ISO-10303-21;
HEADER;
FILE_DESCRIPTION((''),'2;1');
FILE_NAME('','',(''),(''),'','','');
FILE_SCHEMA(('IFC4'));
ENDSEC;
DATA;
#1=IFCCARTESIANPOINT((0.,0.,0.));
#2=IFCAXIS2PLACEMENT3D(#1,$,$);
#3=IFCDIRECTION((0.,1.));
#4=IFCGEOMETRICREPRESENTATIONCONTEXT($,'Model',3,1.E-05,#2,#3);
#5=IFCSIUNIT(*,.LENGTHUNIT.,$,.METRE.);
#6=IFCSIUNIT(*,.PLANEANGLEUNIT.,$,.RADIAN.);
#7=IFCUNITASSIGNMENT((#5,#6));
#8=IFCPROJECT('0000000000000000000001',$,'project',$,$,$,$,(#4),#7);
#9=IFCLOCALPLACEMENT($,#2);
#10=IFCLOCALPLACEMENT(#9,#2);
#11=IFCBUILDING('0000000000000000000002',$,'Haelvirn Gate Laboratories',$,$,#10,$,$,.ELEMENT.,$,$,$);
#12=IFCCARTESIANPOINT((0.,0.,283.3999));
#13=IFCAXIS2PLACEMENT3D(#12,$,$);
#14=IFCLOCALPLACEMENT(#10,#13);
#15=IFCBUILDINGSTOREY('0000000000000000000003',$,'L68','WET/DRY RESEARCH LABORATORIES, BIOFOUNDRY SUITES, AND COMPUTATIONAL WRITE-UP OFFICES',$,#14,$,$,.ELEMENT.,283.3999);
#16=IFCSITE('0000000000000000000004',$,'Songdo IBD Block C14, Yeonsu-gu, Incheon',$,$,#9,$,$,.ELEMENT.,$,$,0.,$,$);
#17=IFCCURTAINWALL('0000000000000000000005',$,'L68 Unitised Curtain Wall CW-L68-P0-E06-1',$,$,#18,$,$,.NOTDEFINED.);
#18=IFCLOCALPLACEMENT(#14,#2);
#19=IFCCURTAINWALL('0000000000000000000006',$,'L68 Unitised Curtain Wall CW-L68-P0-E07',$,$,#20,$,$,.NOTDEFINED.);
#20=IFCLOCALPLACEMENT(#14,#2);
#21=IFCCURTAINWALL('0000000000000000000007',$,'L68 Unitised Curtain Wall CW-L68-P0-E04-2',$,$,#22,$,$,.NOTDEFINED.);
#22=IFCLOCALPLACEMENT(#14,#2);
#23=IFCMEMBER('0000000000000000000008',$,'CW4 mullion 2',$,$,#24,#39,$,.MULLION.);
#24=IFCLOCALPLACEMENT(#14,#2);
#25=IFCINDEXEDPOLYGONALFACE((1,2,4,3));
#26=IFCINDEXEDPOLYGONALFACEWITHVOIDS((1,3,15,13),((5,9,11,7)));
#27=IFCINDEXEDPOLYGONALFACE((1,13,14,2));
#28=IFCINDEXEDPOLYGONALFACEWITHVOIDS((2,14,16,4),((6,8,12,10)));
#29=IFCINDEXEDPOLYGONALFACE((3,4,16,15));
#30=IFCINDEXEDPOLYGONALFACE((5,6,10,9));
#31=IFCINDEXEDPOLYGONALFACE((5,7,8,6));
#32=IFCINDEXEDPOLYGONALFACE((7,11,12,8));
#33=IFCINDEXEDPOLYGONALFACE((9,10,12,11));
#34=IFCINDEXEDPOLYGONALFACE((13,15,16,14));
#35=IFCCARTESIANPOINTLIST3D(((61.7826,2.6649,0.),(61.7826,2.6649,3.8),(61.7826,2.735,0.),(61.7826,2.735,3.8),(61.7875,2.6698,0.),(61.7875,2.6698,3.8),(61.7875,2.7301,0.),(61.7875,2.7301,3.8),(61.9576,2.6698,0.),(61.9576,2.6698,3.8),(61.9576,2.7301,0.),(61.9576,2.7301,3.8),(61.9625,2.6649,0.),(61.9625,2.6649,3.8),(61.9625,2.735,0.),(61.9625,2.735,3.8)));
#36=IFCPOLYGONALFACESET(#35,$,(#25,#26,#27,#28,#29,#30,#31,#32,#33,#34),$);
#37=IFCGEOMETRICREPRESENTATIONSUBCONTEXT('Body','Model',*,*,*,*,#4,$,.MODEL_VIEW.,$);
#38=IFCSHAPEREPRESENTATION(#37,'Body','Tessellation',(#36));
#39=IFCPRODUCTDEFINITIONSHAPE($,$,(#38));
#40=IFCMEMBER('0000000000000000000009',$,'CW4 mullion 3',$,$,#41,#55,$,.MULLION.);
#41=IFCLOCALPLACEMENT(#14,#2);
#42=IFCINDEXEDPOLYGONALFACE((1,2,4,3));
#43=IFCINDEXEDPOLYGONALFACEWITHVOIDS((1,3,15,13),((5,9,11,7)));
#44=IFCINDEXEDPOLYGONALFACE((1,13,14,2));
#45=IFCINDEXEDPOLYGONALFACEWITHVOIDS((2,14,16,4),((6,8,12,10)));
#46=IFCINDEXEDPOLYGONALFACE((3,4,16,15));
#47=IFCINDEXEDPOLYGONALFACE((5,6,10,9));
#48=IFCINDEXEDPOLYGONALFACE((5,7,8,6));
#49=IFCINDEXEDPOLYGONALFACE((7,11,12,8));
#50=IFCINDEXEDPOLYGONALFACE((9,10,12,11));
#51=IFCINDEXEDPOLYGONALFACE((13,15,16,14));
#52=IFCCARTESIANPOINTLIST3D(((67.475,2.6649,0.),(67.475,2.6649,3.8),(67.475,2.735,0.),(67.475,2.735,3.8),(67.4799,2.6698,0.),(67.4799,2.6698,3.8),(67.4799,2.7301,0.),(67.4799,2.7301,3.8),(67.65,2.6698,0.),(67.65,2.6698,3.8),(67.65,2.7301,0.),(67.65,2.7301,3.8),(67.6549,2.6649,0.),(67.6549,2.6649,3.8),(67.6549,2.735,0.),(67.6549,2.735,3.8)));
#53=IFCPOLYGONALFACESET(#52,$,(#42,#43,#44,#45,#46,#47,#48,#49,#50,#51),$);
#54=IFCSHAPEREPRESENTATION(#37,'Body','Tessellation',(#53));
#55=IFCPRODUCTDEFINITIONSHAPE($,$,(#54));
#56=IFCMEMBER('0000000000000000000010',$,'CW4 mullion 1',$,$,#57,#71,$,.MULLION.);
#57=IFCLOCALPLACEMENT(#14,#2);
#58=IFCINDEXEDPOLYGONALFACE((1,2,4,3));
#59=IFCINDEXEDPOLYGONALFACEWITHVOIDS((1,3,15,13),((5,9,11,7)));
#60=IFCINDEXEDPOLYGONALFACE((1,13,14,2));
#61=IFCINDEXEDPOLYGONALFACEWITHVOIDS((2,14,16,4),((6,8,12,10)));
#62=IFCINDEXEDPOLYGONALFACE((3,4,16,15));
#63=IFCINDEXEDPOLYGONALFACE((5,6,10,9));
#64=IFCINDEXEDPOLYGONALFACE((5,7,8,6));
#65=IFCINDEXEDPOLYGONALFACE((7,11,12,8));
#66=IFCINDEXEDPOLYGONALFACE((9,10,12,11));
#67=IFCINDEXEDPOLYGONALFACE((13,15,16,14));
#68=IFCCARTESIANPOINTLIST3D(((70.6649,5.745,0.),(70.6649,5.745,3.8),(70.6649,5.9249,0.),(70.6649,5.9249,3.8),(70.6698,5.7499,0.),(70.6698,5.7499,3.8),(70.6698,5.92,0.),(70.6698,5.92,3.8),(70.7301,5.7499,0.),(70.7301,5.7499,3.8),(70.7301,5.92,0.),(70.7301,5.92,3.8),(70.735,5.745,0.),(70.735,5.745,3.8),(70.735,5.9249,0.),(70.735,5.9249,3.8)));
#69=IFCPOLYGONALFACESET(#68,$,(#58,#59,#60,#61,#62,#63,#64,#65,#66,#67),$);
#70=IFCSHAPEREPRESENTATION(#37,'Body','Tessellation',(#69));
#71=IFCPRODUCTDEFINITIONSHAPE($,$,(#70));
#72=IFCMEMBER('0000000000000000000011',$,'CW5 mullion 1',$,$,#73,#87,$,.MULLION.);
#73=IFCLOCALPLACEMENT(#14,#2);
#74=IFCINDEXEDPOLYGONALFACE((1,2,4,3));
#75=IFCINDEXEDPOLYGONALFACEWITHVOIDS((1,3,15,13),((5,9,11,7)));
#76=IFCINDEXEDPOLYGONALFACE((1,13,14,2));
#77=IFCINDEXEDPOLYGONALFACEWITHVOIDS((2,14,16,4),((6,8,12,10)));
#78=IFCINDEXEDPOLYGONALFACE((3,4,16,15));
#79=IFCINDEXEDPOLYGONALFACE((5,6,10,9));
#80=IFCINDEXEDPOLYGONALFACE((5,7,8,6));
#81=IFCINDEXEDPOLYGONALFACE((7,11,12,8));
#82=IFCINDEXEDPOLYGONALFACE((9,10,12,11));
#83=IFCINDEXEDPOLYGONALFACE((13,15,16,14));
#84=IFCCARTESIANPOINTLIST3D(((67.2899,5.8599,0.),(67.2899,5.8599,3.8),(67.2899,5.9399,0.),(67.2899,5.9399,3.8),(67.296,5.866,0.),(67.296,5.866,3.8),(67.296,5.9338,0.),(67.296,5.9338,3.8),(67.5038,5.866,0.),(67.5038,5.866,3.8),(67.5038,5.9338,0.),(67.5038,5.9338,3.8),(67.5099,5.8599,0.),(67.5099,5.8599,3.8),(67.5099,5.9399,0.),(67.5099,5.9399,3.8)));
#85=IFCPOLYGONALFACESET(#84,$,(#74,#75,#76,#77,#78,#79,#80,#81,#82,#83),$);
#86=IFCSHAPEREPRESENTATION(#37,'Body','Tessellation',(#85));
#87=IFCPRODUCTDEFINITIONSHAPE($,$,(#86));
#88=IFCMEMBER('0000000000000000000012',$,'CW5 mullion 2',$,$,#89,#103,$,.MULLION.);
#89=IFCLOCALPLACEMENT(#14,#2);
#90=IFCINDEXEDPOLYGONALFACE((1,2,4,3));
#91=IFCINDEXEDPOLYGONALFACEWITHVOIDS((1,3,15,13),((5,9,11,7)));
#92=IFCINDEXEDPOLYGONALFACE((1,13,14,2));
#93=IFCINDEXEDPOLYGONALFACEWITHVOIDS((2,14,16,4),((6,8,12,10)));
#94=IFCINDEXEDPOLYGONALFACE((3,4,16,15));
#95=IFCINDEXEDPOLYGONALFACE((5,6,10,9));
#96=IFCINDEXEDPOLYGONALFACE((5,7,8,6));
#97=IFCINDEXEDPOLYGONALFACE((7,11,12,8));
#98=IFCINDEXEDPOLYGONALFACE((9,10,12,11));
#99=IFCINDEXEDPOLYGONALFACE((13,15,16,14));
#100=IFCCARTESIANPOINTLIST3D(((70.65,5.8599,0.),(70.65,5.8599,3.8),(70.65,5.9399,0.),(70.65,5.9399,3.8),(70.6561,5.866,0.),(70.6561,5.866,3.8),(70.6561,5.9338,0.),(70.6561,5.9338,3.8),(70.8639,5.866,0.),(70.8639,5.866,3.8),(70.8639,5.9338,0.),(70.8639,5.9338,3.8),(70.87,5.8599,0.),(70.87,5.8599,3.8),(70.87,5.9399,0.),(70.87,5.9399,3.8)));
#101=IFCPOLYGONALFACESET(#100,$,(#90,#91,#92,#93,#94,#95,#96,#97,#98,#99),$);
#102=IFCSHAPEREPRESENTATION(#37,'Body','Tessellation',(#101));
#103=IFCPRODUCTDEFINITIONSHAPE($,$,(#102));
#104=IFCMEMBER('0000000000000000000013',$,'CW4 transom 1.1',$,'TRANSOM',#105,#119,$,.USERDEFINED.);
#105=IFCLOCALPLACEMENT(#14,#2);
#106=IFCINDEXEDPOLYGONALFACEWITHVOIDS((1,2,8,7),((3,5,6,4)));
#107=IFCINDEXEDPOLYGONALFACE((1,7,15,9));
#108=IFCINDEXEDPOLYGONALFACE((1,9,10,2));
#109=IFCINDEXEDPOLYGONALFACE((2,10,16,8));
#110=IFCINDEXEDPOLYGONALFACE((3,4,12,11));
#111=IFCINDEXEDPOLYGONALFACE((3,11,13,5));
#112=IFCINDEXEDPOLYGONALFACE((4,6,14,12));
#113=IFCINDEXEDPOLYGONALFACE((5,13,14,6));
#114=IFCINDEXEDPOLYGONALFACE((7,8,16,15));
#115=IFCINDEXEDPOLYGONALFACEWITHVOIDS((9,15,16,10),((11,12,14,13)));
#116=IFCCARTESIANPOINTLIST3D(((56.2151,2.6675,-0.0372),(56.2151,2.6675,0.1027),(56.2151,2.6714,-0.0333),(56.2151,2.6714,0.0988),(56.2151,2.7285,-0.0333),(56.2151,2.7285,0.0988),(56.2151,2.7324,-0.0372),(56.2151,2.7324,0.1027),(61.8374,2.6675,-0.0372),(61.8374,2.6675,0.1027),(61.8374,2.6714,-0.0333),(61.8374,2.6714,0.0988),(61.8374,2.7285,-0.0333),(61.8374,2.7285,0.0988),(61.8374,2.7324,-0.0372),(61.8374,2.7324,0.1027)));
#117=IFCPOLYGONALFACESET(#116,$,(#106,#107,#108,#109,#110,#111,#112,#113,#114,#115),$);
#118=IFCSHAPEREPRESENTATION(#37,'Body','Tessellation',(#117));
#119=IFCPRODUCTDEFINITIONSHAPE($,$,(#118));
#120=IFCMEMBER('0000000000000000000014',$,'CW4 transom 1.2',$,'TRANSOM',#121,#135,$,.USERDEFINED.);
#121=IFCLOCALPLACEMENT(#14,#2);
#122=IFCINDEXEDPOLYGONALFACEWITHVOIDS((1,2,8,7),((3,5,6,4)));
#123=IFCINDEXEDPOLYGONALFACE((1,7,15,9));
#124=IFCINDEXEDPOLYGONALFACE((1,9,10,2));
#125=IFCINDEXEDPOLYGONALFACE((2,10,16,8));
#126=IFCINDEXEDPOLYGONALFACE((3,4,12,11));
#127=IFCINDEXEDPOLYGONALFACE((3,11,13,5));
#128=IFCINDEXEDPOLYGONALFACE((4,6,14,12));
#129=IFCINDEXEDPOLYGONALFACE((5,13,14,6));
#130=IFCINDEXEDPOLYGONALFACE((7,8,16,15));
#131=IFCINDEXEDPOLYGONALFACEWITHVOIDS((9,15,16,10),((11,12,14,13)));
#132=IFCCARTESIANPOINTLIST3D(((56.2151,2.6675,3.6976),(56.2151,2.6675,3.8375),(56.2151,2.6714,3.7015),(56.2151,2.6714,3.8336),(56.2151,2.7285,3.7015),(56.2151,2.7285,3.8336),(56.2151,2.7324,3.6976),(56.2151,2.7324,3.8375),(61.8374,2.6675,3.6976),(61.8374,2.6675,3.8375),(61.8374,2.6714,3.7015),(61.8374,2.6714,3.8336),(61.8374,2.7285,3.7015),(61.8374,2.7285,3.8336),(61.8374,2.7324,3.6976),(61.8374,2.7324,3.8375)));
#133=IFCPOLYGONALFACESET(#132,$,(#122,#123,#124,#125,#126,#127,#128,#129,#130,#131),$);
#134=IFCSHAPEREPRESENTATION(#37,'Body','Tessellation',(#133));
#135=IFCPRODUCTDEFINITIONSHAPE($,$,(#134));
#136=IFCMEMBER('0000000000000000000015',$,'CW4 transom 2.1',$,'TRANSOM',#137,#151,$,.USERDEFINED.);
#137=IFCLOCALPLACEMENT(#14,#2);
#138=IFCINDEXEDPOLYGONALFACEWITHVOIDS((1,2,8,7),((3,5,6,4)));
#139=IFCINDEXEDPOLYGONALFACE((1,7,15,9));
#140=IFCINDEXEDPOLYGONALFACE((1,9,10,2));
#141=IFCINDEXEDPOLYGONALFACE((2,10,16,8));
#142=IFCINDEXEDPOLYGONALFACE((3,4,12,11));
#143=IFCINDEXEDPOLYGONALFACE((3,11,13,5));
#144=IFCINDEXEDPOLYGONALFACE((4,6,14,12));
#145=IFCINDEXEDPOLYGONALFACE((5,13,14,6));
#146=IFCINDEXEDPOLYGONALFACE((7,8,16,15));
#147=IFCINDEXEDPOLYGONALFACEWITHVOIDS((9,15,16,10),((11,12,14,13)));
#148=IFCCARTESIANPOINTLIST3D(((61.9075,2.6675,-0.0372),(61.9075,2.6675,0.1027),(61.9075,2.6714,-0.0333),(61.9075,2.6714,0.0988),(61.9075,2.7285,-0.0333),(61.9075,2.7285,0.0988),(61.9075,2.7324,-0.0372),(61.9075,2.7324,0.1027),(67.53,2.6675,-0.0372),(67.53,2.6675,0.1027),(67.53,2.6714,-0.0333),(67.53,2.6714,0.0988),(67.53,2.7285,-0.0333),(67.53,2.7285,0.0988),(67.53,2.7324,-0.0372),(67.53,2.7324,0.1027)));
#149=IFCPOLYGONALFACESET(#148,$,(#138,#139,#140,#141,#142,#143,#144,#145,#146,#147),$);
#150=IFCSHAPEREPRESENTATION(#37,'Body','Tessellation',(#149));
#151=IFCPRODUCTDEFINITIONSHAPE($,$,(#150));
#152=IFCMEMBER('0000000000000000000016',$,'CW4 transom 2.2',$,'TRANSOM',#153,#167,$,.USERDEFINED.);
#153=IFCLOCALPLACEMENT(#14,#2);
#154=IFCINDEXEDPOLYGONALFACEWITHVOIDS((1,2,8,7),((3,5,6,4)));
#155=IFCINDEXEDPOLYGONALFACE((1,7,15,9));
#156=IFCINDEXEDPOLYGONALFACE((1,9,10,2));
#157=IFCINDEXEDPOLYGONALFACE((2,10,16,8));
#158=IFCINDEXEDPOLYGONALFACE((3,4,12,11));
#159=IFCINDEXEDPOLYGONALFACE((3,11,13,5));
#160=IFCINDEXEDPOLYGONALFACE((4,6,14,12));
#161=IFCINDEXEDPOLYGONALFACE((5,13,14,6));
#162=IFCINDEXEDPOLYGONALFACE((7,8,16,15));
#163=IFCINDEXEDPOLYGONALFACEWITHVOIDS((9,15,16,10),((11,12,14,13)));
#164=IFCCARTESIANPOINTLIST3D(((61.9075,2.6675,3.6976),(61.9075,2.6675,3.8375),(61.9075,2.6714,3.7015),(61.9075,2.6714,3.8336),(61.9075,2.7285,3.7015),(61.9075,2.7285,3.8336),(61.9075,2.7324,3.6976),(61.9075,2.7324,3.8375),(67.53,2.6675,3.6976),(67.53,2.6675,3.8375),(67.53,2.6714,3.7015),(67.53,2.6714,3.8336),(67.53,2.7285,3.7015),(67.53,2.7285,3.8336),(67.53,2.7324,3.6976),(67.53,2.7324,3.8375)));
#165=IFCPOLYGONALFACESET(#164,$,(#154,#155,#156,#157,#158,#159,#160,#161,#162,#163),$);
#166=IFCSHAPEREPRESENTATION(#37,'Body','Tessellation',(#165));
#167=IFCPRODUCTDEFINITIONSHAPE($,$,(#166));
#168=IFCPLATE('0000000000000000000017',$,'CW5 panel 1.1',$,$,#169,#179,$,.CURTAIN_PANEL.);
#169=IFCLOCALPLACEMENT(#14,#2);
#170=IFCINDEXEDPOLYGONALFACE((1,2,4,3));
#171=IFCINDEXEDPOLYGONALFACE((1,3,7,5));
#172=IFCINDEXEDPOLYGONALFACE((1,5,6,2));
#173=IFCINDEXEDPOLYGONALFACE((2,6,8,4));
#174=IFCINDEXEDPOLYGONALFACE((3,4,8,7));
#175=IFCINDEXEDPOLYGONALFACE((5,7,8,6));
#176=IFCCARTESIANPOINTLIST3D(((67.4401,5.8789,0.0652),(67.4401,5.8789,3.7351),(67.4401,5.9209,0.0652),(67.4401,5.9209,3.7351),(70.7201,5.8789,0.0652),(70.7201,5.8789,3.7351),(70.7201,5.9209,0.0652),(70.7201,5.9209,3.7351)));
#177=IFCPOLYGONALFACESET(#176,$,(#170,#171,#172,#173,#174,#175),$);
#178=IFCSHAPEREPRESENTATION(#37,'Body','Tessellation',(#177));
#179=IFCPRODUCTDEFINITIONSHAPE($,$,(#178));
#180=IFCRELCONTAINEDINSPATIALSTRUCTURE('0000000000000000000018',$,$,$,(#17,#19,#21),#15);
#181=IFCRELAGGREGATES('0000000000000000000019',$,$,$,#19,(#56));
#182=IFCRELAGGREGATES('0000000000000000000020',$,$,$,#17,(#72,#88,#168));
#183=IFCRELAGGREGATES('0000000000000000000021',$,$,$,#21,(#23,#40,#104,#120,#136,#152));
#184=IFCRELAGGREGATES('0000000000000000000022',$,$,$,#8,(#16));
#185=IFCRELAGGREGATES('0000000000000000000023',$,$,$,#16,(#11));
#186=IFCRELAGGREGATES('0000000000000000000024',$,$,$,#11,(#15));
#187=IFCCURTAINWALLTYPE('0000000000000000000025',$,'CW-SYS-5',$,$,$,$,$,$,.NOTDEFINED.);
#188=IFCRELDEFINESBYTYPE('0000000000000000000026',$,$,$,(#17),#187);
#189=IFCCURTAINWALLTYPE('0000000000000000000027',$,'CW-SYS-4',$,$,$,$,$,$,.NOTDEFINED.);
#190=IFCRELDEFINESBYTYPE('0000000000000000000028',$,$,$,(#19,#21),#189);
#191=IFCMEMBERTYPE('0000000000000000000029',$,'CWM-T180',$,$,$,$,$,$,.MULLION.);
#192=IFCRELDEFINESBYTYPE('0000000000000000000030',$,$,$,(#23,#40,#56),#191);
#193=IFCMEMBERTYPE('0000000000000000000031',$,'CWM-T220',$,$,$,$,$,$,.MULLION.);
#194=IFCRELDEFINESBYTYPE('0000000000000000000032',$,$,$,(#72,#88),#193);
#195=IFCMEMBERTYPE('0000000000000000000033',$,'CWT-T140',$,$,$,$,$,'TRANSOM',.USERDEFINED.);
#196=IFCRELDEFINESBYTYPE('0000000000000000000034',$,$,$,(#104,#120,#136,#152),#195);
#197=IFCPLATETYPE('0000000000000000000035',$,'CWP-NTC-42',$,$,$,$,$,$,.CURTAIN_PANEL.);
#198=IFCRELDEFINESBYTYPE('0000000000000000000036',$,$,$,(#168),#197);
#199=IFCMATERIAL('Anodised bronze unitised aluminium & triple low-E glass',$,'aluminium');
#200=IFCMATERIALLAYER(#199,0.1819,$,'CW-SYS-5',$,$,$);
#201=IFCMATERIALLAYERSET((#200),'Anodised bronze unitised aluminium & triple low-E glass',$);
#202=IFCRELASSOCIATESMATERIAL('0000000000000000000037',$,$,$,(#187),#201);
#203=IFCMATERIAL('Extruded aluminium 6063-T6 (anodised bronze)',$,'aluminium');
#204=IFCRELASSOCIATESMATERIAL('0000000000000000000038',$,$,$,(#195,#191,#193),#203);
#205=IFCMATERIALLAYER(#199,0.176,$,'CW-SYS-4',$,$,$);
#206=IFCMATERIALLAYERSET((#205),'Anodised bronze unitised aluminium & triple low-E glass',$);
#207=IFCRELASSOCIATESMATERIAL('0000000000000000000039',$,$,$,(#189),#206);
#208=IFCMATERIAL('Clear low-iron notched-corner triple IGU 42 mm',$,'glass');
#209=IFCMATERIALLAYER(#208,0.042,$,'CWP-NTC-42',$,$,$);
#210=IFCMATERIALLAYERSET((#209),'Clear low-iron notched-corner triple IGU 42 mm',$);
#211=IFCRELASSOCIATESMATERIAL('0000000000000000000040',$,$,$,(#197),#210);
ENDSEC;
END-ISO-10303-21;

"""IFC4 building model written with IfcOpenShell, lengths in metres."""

from ifc_helpers import new_model, si_unit, direction, frame, origin, origin_2d, place, context, subcontext, project, spatial, rectangle, hollow_rectangle, extrude, source, transform, mapped, material, layer, layer_set, material_profile, profile_set, type_object, type_shapes, element, aggregate, save


model = new_model("IFC4")

# Units and contexts
model_context = context("Model", 3, precision=1e-05, world=origin(), true_north=direction((0.0, 1.0)))
body_context = subcontext(model_context, "Body", "Model", "MODEL_VIEW")
ifc_project = project(units=[si_unit("LENGTHUNIT", "METRE"), si_unit("PLANEANGLEUNIT", "RADIAN")], contexts=[model_context])

# Site, building, storey
site_placement = place(None, origin())
site = spatial("IfcSite", under=ifc_project, at=site_placement, Name="Songdo IBD Block C14, Yeonsu-gu, Incheon", CompositionType="ELEMENT", RefElevation=0.0)
building_placement = place(site_placement, origin())
building = spatial("IfcBuilding", under=site, at=building_placement, Name="Haelvirn Gate Laboratories", CompositionType="ELEMENT")
storey_placement = place(building_placement, frame((0.0, 0.0, 283.3999)))
storey = spatial("IfcBuildingStorey", under=building, at=storey_placement, Name="L68", Description="WET/DRY RESEARCH LABORATORIES, BIOFOUNDRY SUITES, AND COMPUTATIONAL WRITE-UP OFFICES", CompositionType="ELEMENT", Elevation=283.3999)

# Curtain walls, members
ifc_material_1 = material(Name="Anodised bronze unitised aluminium & triple low-E glass", Category="aluminium")
ifc_layer_1 = layer(ifc_material_1, 0.1819, Name="CW-SYS-5")
ifc_layer_set_1 = layer_set([ifc_layer_1], Name="Anodised bronze unitised aluminium & triple low-E glass")
curtain_wall_type_1 = type_object("IfcCurtainWallType", Name="CW-SYS-5", PredefinedType="NOTDEFINED", material=ifc_layer_set_1)
curtain_wall_1_placement = place(storey_placement, origin())
curtain_wall_1 = element("IfcCurtainWall", 1, at=curtain_wall_1_placement, inside=storey, type_object=curtain_wall_type_1, Name="L68 Unitised Curtain Wall CW-L68-P0-E06-1", PredefinedType="NOTDEFINED")
ifc_material_2 = material(Name="Extruded aluminium 6063-T6 (anodised bronze)", Category="aluminium")
ifc_material_profile_1 = material_profile(ifc_material_2, hollow_rectangle(XDim=0.0649, YDim=0.1399, WallThickness=0.0039, at=origin_2d()), Name="CWT-140x65x4")
ifc_profile_set_1 = profile_set([ifc_material_profile_1], Name="Extruded aluminium 6063-T6 (anodised bronze)")
member_type_1 = type_object("IfcMemberType", Name="CWT-T140", ElementType="TRANSOM", PredefinedType="USERDEFINED", material=ifc_profile_set_1)
ifc_layer_2 = layer(ifc_material_1, 0.176, Name="CW-SYS-4")
ifc_layer_set_2 = layer_set([ifc_layer_2], Name="Anodised bronze unitised aluminium & triple low-E glass")
curtain_wall_type_2 = type_object("IfcCurtainWallType", Name="CW-SYS-4", PredefinedType="NOTDEFINED", material=ifc_layer_set_2)
curtain_wall_2_placement = place(storey_placement, origin())
curtain_wall_2 = element("IfcCurtainWall", 2, at=curtain_wall_2_placement, inside=storey, type_object=curtain_wall_type_2, Name="L68 Unitised Curtain Wall CW-L68-P0-E07", PredefinedType="NOTDEFINED")
curtain_wall_3_placement = place(storey_placement, origin())
curtain_wall_3 = element("IfcCurtainWall", 3, at=curtain_wall_3_placement, inside=storey, type_object=curtain_wall_type_2, Name="L68 Unitised Curtain Wall CW-L68-P0-E04-2", PredefinedType="NOTDEFINED")
ifc_material_profile_2 = material_profile(ifc_material_2, hollow_rectangle(XDim=0.0701, YDim=0.1799, WallThickness=0.0049, at=origin_2d()), Name="CWM-180x70x5")
ifc_profile_set_2 = profile_set([ifc_material_profile_2], Name="Extruded aluminium 6063-T6 (anodised bronze)")
member_type_2 = type_object("IfcMemberType", Name="CWM-T180", PredefinedType="MULLION", material=ifc_profile_set_2)
shared_shape_1 = source(origin(), body_context, "Body", "SweptSolid", [
    extrude(hollow_rectangle(XDim=0.0701, YDim=0.1799, WallThickness=0.0049, at=origin_2d()), origin(), (0.0, 0.0, 1.0), 3.8),
])
type_shapes(member_type_2, [shared_shape_1])
member_1_placement = place(storey_placement, frame((61.8726, 2.7, 0.0), z_axis=(0.0, 0.0, 1.0), x_axis=(0.0, 1.0, 0.0)))
member_1 = element("IfcMember", 4, at=member_1_placement, type_object=member_type_2, Name="CW4 mullion 2", PredefinedType="MULLION", context=body_context, shape_type="MappedRepresentation", body=[
    mapped(shared_shape_1, transform((0.0, 0.0, 0.0), scale=1.0)),
])
member_2_placement = place(storey_placement, frame((67.5649, 2.7, 0.0), z_axis=(0.0, 0.0, 1.0), x_axis=(0.0, 1.0, 0.0)))
member_2 = element("IfcMember", 5, at=member_2_placement, type_object=member_type_2, Name="CW4 mullion 3", PredefinedType="MULLION", context=body_context, shape_type="MappedRepresentation", body=[
    mapped(shared_shape_1, transform((0.0, 0.0, 0.0), scale=1.0)),
])

# Members
member_3_placement = place(storey_placement, frame((70.7, 5.835, 0.0), z_axis=(0.0, 0.0, 1.0), x_axis=(-1.0, 0.0, 0.0)))
member_3 = element("IfcMember", 6, at=member_3_placement, type_object=member_type_2, Name="CW4 mullion 1", PredefinedType="MULLION", context=body_context, shape_type="MappedRepresentation", body=[
    mapped(shared_shape_1, transform((0.0, 0.0, 0.0), scale=1.0)),
])
aggregate(curtain_wall_2, [member_3])
ifc_material_profile_3 = material_profile(ifc_material_2, hollow_rectangle(XDim=0.0801, YDim=0.22, WallThickness=0.0061, at=origin_2d()), Name="CWM-220x80x6")
ifc_profile_set_3 = profile_set([ifc_material_profile_3], Name="Extruded aluminium 6063-T6 (anodised bronze)")
member_type_3 = type_object("IfcMemberType", Name="CWM-T220", PredefinedType="MULLION", material=ifc_profile_set_3)
shared_shape_2 = source(origin(), body_context, "Body", "SweptSolid", [
    extrude(hollow_rectangle(XDim=0.0801, YDim=0.22, WallThickness=0.0061, at=origin_2d()), origin(), (0.0, 0.0, 1.0), 3.8),
])
type_shapes(member_type_3, [shared_shape_2])
member_4_placement = place(storey_placement, frame((67.3999, 5.8999, 0.0), z_axis=(0.0, 0.0, 1.0), x_axis=(0.0, 1.0, 0.0)))
member_4 = element("IfcMember", 7, at=member_4_placement, type_object=member_type_3, Name="CW5 mullion 1", PredefinedType="MULLION", context=body_context, shape_type="MappedRepresentation", body=[
    mapped(shared_shape_2, transform((0.0, 0.0, 0.0), scale=1.0)),
])
member_5_placement = place(storey_placement, frame((70.76, 5.8999, 0.0), z_axis=(0.0, 0.0, 1.0), x_axis=(0.0, 1.0, 0.0)))
member_5 = element("IfcMember", 8, at=member_5_placement, type_object=member_type_3, Name="CW5 mullion 2", PredefinedType="MULLION", context=body_context, shape_type="MappedRepresentation", body=[
    mapped(shared_shape_2, transform((0.0, 0.0, 0.0), scale=1.0)),
])
shared_shape_3 = source(origin(), body_context, "Body", "SweptSolid", [
    extrude(hollow_rectangle(XDim=0.0649, YDim=0.1399, WallThickness=0.0039, at=origin_2d()), origin(), (0.0, 0.0, 1.0), 5.6223),
])
member_6_placement = place(storey_placement, frame((56.2151, 2.7, 0.0327), z_axis=(1.0, 0.0, 0.0), x_axis=(0.0, 1.0, 0.0)))
member_6 = element("IfcMember", 9, at=member_6_placement, type_object=member_type_1, Name="CW4 transom 1.1", ObjectType="TRANSOM", PredefinedType="USERDEFINED", context=body_context, shape_type="MappedRepresentation", body=[
    mapped(shared_shape_3, transform((0.0, 0.0, 0.0), scale=1.0)),
])
member_7_placement = place(storey_placement, frame((56.2151, 2.7, 3.7676), z_axis=(1.0, 0.0, 0.0), x_axis=(0.0, 1.0, 0.0)))
member_7 = element("IfcMember", 10, at=member_7_placement, type_object=member_type_1, Name="CW4 transom 1.2", ObjectType="TRANSOM", PredefinedType="USERDEFINED", context=body_context, shape_type="MappedRepresentation", body=[
    mapped(shared_shape_3, transform((0.0, 0.0, 0.0), scale=1.0)),
])
shared_shape_4 = source(origin(), body_context, "Body", "SweptSolid", [
    extrude(hollow_rectangle(XDim=0.0649, YDim=0.1399, WallThickness=0.0039, at=origin_2d()), origin(), (0.0, 0.0, 1.0), 5.6226),
])
member_8_placement = place(storey_placement, frame((61.9075, 2.7, 0.0327), z_axis=(1.0, 0.0, 0.0), x_axis=(0.0, 1.0, 0.0)))
member_8 = element("IfcMember", 11, at=member_8_placement, type_object=member_type_1, Name="CW4 transom 2.1", ObjectType="TRANSOM", PredefinedType="USERDEFINED", context=body_context, shape_type="MappedRepresentation", body=[
    mapped(shared_shape_4, transform((0.0, 0.0, 0.0), scale=1.0)),
])
member_9_placement = place(storey_placement, frame((61.9075, 2.7, 3.7676), z_axis=(1.0, 0.0, 0.0), x_axis=(0.0, 1.0, 0.0)))
member_9 = element("IfcMember", 12, at=member_9_placement, type_object=member_type_1, Name="CW4 transom 2.2", ObjectType="TRANSOM", PredefinedType="USERDEFINED", context=body_context, shape_type="MappedRepresentation", body=[
    mapped(shared_shape_4, transform((0.0, 0.0, 0.0), scale=1.0)),
])

# Plate
ifc_material_3 = material(Name="Clear low-iron notched-corner triple IGU 42 mm", Category="glass")
ifc_layer_3 = layer(ifc_material_3, 0.042, Name="CWP-NTC-42")
ifc_layer_set_3 = layer_set([ifc_layer_3], Name="Clear low-iron notched-corner triple IGU 42 mm")
plate_type_1 = type_object("IfcPlateType", Name="CWP-NTC-42", PredefinedType="CURTAIN_PANEL", material=ifc_layer_set_3)
shared_shape_5 = source(origin(), body_context, "Body", "SweptSolid", [
    extrude(rectangle(XDim=3.28, YDim=0.042, at=origin_2d()), origin(), (0.0, 0.0, 1.0), 3.6699),
])
type_shapes(plate_type_1, [shared_shape_5])
plate_1_placement = place(storey_placement, frame((69.0801, 5.8999, 0.0652), z_axis=(0.0, 0.0, 1.0), x_axis=(1.0, 0.0, 0.0)))
plate_1 = element("IfcPlate", 13, at=plate_1_placement, type_object=plate_type_1, Name="CW5 panel 1.1", PredefinedType="CURTAIN_PANEL", context=body_context, shape_type="MappedRepresentation", body=[
    mapped(shared_shape_5, transform((0.0, 0.0, 0.0), scale=1.0)),
])
aggregate(curtain_wall_1, [member_4, member_5, plate_1])
aggregate(curtain_wall_3, [member_1, member_2, member_6, member_7, member_8, member_9])

save(model, "model.ifc")
